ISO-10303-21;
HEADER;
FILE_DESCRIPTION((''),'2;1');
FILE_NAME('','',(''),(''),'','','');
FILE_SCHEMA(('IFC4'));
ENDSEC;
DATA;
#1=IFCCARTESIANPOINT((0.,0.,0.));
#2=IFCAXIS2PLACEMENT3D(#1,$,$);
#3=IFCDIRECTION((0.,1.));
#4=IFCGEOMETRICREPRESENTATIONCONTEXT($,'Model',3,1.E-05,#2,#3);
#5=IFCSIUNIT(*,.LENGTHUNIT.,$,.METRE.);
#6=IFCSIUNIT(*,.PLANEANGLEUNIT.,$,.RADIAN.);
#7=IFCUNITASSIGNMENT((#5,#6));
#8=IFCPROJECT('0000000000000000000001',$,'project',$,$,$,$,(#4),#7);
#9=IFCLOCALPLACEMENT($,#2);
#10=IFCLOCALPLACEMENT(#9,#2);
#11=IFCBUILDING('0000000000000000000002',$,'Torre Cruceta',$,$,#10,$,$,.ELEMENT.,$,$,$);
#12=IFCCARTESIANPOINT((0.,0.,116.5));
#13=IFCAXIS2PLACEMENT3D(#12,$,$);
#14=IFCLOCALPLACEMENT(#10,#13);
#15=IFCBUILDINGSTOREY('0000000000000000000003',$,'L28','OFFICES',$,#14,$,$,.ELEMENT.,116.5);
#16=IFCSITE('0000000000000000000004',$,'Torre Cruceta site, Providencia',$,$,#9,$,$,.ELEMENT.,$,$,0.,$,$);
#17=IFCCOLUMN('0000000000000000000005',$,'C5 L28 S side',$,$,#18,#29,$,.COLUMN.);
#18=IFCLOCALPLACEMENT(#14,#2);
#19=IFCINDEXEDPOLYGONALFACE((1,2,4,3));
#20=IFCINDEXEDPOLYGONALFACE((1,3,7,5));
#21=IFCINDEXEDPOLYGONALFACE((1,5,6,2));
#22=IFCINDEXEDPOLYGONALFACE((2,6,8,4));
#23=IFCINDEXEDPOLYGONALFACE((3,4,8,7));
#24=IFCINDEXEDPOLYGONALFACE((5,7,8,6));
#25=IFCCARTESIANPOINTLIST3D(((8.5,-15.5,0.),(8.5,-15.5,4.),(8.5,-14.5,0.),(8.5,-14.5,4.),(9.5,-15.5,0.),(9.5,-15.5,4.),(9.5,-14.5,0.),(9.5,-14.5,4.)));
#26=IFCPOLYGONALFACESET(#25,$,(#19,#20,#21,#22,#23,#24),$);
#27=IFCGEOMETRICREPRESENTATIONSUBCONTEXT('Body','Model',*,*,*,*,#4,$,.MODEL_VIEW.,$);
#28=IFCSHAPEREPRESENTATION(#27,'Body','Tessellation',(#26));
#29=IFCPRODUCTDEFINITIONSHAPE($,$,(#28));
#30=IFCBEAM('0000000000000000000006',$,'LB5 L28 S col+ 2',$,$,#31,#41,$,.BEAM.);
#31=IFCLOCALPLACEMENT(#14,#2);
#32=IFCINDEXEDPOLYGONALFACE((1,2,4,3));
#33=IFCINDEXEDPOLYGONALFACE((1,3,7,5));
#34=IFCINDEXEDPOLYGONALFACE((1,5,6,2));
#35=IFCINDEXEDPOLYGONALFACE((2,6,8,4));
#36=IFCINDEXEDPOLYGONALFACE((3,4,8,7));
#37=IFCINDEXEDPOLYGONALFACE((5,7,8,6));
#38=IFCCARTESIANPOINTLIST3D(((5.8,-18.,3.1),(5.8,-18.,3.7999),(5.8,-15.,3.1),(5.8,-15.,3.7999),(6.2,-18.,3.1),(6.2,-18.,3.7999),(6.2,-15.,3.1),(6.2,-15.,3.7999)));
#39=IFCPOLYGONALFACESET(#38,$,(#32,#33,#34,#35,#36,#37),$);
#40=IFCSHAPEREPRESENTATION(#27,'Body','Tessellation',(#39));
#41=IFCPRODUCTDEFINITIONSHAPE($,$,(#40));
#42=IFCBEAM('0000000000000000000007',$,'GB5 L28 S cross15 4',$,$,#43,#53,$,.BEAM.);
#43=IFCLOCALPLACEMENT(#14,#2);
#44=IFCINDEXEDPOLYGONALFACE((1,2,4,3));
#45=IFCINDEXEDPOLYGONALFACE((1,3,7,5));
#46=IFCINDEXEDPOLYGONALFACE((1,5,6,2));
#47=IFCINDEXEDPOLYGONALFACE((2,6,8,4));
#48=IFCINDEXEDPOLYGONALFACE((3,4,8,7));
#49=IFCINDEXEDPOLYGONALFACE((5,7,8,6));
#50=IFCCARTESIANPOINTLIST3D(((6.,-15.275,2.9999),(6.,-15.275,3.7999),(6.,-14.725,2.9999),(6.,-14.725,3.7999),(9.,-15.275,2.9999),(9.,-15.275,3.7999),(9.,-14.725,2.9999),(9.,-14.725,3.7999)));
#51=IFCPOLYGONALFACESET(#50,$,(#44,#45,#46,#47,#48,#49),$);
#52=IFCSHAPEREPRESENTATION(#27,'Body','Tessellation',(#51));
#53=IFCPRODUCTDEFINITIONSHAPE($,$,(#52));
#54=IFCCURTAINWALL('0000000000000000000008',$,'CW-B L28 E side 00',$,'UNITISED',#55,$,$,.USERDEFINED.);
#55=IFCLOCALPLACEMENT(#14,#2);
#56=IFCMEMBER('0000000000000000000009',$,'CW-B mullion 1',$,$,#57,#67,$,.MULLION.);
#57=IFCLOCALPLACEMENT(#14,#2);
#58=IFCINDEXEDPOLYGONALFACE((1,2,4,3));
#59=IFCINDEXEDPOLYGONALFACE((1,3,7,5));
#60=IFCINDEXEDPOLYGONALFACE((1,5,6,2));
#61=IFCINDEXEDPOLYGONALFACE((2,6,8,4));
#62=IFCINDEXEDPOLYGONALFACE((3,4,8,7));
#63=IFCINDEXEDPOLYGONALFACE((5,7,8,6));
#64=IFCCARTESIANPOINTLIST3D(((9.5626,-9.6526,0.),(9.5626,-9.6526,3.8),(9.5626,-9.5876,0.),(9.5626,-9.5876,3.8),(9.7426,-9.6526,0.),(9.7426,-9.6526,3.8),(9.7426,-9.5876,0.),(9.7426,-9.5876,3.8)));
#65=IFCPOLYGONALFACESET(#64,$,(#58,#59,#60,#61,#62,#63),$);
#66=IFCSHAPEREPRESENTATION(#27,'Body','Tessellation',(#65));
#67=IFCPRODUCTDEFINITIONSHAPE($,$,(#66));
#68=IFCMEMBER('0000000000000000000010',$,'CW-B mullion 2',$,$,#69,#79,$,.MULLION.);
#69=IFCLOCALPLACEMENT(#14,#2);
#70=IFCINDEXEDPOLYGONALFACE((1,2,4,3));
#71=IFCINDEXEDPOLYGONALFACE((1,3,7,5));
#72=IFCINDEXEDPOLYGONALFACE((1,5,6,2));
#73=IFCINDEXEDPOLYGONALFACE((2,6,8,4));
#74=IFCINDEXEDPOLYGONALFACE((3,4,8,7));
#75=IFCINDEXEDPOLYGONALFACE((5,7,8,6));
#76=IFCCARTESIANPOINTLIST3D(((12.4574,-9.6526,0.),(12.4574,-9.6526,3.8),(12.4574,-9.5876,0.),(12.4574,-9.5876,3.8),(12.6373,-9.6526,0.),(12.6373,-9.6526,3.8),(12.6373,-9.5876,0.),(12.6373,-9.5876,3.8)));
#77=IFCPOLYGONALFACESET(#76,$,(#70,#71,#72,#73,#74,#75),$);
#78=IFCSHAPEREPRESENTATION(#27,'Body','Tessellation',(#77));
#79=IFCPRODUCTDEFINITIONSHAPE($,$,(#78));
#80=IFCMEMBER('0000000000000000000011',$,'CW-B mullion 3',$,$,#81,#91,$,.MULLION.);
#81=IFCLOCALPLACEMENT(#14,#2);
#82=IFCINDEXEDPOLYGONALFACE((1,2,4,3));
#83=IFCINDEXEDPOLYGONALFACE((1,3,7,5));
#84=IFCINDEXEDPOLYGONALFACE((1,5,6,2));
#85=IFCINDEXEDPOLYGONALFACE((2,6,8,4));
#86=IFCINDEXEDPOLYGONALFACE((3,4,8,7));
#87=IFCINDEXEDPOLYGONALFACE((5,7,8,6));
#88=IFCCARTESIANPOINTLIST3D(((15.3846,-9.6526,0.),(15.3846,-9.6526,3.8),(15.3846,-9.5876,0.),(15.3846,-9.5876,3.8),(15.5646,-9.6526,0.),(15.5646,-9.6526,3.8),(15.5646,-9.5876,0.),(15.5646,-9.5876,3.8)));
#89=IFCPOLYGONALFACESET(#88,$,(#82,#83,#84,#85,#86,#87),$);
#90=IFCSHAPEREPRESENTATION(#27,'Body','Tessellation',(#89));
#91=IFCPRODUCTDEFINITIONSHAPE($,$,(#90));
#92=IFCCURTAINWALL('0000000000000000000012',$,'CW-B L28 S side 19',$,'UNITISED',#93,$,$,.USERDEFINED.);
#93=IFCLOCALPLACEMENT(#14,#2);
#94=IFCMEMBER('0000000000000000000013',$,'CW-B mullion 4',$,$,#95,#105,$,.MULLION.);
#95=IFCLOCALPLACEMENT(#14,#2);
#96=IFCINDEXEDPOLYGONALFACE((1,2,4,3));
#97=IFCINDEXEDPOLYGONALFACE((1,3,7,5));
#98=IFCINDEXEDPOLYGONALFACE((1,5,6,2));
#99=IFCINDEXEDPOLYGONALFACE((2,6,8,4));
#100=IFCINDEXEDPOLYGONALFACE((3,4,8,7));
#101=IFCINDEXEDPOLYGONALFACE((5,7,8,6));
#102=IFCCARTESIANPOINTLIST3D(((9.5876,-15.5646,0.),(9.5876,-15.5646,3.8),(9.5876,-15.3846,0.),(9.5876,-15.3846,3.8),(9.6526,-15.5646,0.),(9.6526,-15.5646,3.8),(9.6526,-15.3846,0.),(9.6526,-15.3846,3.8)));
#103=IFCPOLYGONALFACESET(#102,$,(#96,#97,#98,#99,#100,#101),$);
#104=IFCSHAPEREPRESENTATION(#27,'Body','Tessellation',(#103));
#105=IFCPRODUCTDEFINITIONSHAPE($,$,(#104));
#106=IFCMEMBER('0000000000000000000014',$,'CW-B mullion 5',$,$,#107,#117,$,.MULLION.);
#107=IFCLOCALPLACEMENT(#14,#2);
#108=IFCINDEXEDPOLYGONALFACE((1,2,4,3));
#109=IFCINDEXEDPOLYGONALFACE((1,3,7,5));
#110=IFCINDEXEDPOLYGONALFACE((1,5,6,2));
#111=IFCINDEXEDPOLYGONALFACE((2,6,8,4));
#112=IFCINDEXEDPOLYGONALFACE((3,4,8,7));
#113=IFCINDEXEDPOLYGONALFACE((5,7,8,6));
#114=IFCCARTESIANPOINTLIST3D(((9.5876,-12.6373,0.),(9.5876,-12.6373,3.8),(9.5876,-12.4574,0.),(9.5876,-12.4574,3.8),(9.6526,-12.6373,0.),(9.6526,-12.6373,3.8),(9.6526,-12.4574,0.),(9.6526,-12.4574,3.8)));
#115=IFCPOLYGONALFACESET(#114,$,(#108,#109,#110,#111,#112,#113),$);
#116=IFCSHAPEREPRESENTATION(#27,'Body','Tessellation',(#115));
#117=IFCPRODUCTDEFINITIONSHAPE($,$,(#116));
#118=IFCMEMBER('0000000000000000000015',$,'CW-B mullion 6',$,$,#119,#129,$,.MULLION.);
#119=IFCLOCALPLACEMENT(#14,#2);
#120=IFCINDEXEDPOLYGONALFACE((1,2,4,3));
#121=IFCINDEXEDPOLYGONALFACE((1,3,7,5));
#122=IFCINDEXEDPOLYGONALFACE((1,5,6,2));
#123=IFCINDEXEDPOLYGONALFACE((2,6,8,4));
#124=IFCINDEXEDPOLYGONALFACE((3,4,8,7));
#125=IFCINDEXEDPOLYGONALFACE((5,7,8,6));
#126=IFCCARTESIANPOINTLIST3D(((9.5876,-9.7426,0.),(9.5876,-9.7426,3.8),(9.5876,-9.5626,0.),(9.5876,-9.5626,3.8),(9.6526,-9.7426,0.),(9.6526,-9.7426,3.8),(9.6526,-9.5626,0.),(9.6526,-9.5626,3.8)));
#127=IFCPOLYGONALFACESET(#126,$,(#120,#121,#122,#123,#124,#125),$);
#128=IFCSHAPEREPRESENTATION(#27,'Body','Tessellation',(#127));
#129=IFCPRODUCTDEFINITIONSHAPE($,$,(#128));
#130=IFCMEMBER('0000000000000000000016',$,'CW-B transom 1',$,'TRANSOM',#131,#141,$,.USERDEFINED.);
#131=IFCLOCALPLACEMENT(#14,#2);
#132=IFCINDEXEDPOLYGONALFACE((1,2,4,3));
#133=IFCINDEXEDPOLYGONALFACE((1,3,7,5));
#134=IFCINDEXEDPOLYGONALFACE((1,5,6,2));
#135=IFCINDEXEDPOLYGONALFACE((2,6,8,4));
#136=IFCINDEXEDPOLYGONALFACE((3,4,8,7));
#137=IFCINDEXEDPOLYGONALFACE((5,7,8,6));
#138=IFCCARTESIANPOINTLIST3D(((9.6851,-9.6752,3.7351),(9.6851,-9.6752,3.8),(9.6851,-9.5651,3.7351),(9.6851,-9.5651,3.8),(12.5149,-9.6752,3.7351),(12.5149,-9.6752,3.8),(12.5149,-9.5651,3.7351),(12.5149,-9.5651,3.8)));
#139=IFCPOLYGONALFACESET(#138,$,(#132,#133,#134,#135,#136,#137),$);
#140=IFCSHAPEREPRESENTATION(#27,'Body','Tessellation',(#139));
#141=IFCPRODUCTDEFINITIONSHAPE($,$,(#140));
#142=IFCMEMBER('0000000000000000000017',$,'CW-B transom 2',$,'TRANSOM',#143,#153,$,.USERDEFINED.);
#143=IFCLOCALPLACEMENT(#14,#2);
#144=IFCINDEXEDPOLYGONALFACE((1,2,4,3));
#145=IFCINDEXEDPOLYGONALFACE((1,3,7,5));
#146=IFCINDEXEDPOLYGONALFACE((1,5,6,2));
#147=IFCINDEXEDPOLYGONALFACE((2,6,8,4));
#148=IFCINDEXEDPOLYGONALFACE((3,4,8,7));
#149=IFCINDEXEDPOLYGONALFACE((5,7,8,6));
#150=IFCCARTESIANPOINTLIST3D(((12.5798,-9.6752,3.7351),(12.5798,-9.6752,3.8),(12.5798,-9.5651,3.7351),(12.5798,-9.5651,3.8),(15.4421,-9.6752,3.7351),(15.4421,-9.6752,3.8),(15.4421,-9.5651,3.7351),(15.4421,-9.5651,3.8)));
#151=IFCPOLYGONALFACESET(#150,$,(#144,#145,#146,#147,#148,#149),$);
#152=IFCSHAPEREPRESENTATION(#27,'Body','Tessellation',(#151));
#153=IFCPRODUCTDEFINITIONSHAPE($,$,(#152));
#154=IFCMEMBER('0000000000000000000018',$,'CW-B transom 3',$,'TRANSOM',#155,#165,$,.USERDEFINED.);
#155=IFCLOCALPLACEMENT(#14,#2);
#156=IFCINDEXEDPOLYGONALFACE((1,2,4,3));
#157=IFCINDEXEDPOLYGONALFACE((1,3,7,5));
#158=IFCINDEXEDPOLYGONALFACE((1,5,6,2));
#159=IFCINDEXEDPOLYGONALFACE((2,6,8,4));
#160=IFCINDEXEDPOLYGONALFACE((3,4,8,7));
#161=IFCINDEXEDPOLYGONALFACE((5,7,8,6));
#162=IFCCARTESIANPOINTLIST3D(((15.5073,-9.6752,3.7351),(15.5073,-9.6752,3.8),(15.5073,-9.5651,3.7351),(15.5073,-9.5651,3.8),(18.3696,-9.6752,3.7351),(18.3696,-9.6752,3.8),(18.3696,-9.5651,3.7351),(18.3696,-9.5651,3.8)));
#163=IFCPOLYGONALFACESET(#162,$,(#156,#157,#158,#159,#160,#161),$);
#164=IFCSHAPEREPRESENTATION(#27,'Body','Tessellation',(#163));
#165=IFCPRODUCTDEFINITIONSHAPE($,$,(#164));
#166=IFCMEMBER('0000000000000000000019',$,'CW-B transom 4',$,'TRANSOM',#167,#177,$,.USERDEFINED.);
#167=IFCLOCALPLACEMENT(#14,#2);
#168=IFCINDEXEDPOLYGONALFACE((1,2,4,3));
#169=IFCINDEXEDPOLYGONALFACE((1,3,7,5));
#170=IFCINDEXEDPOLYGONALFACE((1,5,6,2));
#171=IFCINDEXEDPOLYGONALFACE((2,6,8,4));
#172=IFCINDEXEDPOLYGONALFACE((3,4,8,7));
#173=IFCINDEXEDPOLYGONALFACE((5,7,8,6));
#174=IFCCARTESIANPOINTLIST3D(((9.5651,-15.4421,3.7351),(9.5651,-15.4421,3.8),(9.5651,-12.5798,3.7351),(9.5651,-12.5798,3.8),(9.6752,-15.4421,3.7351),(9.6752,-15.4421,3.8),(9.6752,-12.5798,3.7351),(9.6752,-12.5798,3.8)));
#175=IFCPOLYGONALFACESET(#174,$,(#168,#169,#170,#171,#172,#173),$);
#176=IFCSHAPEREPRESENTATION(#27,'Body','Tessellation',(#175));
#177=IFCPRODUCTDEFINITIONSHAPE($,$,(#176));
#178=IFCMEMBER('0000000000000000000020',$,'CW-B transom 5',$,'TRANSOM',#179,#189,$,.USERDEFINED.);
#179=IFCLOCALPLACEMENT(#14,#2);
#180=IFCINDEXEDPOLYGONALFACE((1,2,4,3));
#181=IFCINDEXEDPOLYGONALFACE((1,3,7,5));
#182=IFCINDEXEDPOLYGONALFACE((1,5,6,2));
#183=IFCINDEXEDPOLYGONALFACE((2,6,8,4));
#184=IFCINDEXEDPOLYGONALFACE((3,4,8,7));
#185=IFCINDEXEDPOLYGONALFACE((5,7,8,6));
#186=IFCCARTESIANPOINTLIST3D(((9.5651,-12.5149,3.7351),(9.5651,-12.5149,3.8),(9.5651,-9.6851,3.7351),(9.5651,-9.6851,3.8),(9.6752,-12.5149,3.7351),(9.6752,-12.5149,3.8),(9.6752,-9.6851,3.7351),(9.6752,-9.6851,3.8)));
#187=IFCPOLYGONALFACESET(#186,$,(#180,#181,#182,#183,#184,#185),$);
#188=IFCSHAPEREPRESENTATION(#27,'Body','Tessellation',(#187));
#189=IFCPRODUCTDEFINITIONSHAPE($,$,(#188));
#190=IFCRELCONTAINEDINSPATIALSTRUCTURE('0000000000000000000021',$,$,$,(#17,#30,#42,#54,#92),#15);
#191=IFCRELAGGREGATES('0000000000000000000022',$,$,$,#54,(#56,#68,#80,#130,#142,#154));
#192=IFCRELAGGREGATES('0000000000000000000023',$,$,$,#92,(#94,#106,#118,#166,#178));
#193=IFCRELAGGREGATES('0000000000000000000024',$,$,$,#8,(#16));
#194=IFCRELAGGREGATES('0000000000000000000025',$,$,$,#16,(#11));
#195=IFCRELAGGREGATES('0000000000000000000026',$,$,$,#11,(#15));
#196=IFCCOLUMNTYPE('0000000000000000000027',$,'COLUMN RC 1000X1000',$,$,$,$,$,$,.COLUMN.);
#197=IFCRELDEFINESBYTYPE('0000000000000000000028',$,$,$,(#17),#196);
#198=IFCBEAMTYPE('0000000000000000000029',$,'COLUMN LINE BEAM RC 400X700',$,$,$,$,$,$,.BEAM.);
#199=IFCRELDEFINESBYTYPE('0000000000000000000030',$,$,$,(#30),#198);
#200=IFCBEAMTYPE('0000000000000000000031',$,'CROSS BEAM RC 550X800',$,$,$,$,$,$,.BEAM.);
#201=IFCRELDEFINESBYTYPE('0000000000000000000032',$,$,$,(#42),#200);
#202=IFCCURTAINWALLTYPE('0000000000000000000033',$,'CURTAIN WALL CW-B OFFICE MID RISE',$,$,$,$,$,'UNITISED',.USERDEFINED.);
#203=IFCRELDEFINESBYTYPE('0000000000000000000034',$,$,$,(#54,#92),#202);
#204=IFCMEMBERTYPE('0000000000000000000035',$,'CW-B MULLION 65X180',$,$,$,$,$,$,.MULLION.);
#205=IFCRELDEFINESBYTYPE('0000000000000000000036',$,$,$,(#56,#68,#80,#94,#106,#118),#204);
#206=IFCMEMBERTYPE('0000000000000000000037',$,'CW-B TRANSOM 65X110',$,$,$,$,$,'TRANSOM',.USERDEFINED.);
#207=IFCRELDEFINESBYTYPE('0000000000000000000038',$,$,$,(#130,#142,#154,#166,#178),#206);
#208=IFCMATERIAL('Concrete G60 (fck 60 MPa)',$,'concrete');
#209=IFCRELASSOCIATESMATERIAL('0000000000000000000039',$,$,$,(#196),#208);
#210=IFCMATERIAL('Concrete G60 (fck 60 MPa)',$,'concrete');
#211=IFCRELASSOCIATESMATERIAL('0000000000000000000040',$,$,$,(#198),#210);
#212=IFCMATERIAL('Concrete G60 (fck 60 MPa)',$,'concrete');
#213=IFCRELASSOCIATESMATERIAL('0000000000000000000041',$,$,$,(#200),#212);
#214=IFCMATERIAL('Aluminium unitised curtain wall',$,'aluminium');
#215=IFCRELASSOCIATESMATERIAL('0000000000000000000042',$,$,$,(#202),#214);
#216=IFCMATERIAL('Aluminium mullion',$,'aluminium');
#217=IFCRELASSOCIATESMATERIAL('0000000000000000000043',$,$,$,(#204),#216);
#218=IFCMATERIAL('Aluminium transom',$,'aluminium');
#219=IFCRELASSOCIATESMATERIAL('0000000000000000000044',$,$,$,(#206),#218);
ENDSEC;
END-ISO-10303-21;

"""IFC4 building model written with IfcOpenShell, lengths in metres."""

from ifc_helpers import new_model, si_unit, direction, frame, origin, origin_2d, place, context, subcontext, project, spatial, rectangle, extrude, material, material_profile, profile_set, type_object, element, aggregate, save


model = new_model("IFC4")

# Units and contexts
model_context = context("Model", 3, precision=1e-05, world=origin(), true_north=direction((0.0, 1.0)))
body_context = subcontext(model_context, "Body", "Model", "MODEL_VIEW")
ifc_project = project(units=[si_unit("LENGTHUNIT", "METRE"), si_unit("PLANEANGLEUNIT", "RADIAN")], contexts=[model_context])

# Site, building, storey
site_placement = place(None, origin())
site = spatial("IfcSite", under=ifc_project, at=site_placement, Name="Torre Cruceta site, Providencia", CompositionType="ELEMENT", RefElevation=0.0)
building_placement = place(site_placement, origin())
building = spatial("IfcBuilding", under=site, at=building_placement, Name="Torre Cruceta", CompositionType="ELEMENT")
storey_placement = place(building_placement, frame((0.0, 0.0, 116.5)))
storey = spatial("IfcBuildingStorey", under=building, at=storey_placement, Name="L28", Description="OFFICES", CompositionType="ELEMENT", Elevation=116.5)

# Column
ifc_material_1 = material(Name="Concrete G60 (fck 60 MPa)", Category="concrete")
ifc_material_profile_1 = material_profile(ifc_material_1, rectangle(XDim=1.0, YDim=1.0, at=origin_2d()), Name="RC 1000X1000")
ifc_profile_set_1 = profile_set([ifc_material_profile_1], Name="Concrete G60 (fck 60 MPa)")
column_type = type_object("IfcColumnType", Name="COLUMN RC 1000X1000", PredefinedType="COLUMN", material=ifc_profile_set_1)
column_placement = place(storey_placement, frame((9.0, -15.0, 0.0), z_axis=(0.0, 0.0, 1.0), x_axis=(1.0, 0.0, 0.0)))
element("IfcColumn", 1, at=column_placement, inside=storey, type_object=column_type, Name="C5 L28 S side", PredefinedType="COLUMN", context=body_context, shape_type="SweptSolid", body=[
    extrude(rectangle(XDim=1.0, YDim=1.0, at=origin_2d()), origin(), (0.0, 0.0, 1.0), 4.0),
])

# Beams
ifc_material_2 = material(Name="Concrete G60 (fck 60 MPa)", Category="concrete")
ifc_material_profile_2 = material_profile(ifc_material_2, rectangle(XDim=0.3999, YDim=0.7, at=origin_2d()), Name="RC 400X700")
ifc_profile_set_2 = profile_set([ifc_material_profile_2], Name="Concrete G60 (fck 60 MPa)")
beam_type_1 = type_object("IfcBeamType", Name="COLUMN LINE BEAM RC 400X700", PredefinedType="BEAM", material=ifc_profile_set_2)
beam_1_placement = place(storey_placement, frame((6.0, -15.0, 3.45), z_axis=(0.0, -1.0, 0.0), x_axis=(1.0, 0.0, 0.0)))
element("IfcBeam", 2, at=beam_1_placement, inside=storey, type_object=beam_type_1, Name="LB5 L28 S col+ 2", PredefinedType="BEAM", context=body_context, shape_type="SweptSolid", body=[
    extrude(rectangle(XDim=0.3999, YDim=0.7, at=origin_2d()), origin(), (0.0, 0.0, 1.0), 3.0),
])
ifc_material_3 = material(Name="Concrete G60 (fck 60 MPa)", Category="concrete")
ifc_material_profile_3 = material_profile(ifc_material_3, rectangle(XDim=0.55, YDim=0.8, at=origin_2d()), Name="RC 550X800")
ifc_profile_set_3 = profile_set([ifc_material_profile_3], Name="Concrete G60 (fck 60 MPa)")
beam_type_2 = type_object("IfcBeamType", Name="CROSS BEAM RC 550X800", PredefinedType="BEAM", material=ifc_profile_set_3)
beam_2_placement = place(storey_placement, frame((6.0, -15.0, 3.3999), z_axis=(1.0, 0.0, 0.0), x_axis=(0.0, 1.0, 0.0)))
element("IfcBeam", 3, at=beam_2_placement, inside=storey, type_object=beam_type_2, Name="GB5 L28 S cross15 4", PredefinedType="BEAM", context=body_context, shape_type="SweptSolid", body=[
    extrude(rectangle(XDim=0.55, YDim=0.8, at=origin_2d()), origin(), (0.0, 0.0, 1.0), 3.0),
])

# Curtain walls, members
ifc_material_4 = material(Name="Aluminium unitised curtain wall", Category="aluminium")
curtain_wall_type = type_object("IfcCurtainWallType", Name="CURTAIN WALL CW-B OFFICE MID RISE", ElementType="UNITISED", PredefinedType="USERDEFINED", material=ifc_material_4)
curtain_wall_1_placement = place(storey_placement, origin())
curtain_wall_1 = element("IfcCurtainWall", 4, at=curtain_wall_1_placement, inside=storey, type_object=curtain_wall_type, Name="CW-B L28 E side 00", ObjectType="UNITISED", PredefinedType="USERDEFINED")
ifc_material_5 = material(Name="Aluminium mullion", Category="aluminium")
ifc_material_profile_4 = material_profile(ifc_material_5, rectangle(XDim=0.0649, YDim=0.1799, at=origin_2d()), Name="AL 65X180")
ifc_profile_set_4 = profile_set([ifc_material_profile_4], Name="Aluminium mullion")
member_type_1 = type_object("IfcMemberType", Name="CW-B MULLION 65X180", PredefinedType="MULLION", material=ifc_profile_set_4)
member_1_placement = place(storey_placement, frame((9.6526, -9.6201, 0.0), z_axis=(0.0, 0.0, 1.0), x_axis=(0.0, 1.0, 0.0)))
member_1 = element("IfcMember", 5, at=member_1_placement, type_object=member_type_1, Name="CW-B mullion 1", PredefinedType="MULLION", context=body_context, shape_type="SweptSolid", body=[
    extrude(rectangle(XDim=0.0649, YDim=0.1799, at=origin_2d()), origin(), (0.0, 0.0, 1.0), 3.8),
])
member_2_placement = place(storey_placement, frame((12.5474, -9.6201, 0.0), z_axis=(0.0, 0.0, 1.0), x_axis=(0.0, 1.0, 0.0)))
member_2 = element("IfcMember", 6, at=member_2_placement, type_object=member_type_1, Name="CW-B mullion 2", PredefinedType="MULLION", context=body_context, shape_type="SweptSolid", body=[
    extrude(rectangle(XDim=0.0649, YDim=0.1799, at=origin_2d()), origin(), (0.0, 0.0, 1.0), 3.8),
])
member_3_placement = place(storey_placement, frame((15.4746, -9.6201, 0.0), z_axis=(0.0, 0.0, 1.0), x_axis=(0.0, 1.0, 0.0)))
member_3 = element("IfcMember", 7, at=member_3_placement, type_object=member_type_1, Name="CW-B mullion 3", PredefinedType="MULLION", context=body_context, shape_type="SweptSolid", body=[
    extrude(rectangle(XDim=0.0649, YDim=0.1799, at=origin_2d()), origin(), (0.0, 0.0, 1.0), 3.8),
])
curtain_wall_2_placement = place(storey_placement, origin())
curtain_wall_2 = element("IfcCurtainWall", 8, at=curtain_wall_2_placement, inside=storey, type_object=curtain_wall_type, Name="CW-B L28 S side 19", ObjectType="UNITISED", PredefinedType="USERDEFINED")
member_4_placement = place(storey_placement, frame((9.6201, -15.4746, 0.0), z_axis=(0.0, 0.0, 1.0), x_axis=(-1.0, 0.0, 0.0)))
member_4 = element("IfcMember", 9, at=member_4_placement, type_object=member_type_1, Name="CW-B mullion 4", PredefinedType="MULLION", context=body_context, shape_type="SweptSolid", body=[
    extrude(rectangle(XDim=0.0649, YDim=0.1799, at=origin_2d()), origin(), (0.0, 0.0, 1.0), 3.8),
])
member_5_placement = place(storey_placement, frame((9.6201, -12.5474, 0.0), z_axis=(0.0, 0.0, 1.0), x_axis=(-1.0, 0.0, 0.0)))
member_5 = element("IfcMember", 10, at=member_5_placement, type_object=member_type_1, Name="CW-B mullion 5", PredefinedType="MULLION", context=body_context, shape_type="SweptSolid", body=[
    extrude(rectangle(XDim=0.0649, YDim=0.1799, at=origin_2d()), origin(), (0.0, 0.0, 1.0), 3.8),
])
member_6_placement = place(storey_placement, frame((9.6201, -9.6526, 0.0), z_axis=(0.0, 0.0, 1.0), x_axis=(-1.0, 0.0, 0.0)))
member_6 = element("IfcMember", 11, at=member_6_placement, type_object=member_type_1, Name="CW-B mullion 6", PredefinedType="MULLION", context=body_context, shape_type="SweptSolid", body=[
    extrude(rectangle(XDim=0.0649, YDim=0.1799, at=origin_2d()), origin(), (0.0, 0.0, 1.0), 3.8),
])

# Members
ifc_material_6 = material(Name="Aluminium transom", Category="aluminium")
ifc_material_profile_5 = material_profile(ifc_material_6, rectangle(XDim=0.1101, YDim=0.0649, at=origin_2d()), Name="AL 110X65")
ifc_profile_set_5 = profile_set([ifc_material_profile_5], Name="Aluminium transom")
member_type_2 = type_object("IfcMemberType", Name="CW-B TRANSOM 65X110", ElementType="TRANSOM", PredefinedType="USERDEFINED", material=ifc_profile_set_5)
member_7_placement = place(storey_placement, frame((9.6851, -9.6201, 3.7676), z_axis=(1.0, 0.0, 0.0), x_axis=(0.0, 1.0, 0.0)))
member_7 = element("IfcMember", 12, at=member_7_placement, type_object=member_type_2, Name="CW-B transom 1", ObjectType="TRANSOM", PredefinedType="USERDEFINED", context=body_context, shape_type="SweptSolid", body=[
    extrude(rectangle(XDim=0.1101, YDim=0.0649, at=origin_2d()), origin(), (0.0, 0.0, 1.0), 2.8298),
])
member_8_placement = place(storey_placement, frame((12.5798, -9.6201, 3.7676), z_axis=(1.0, 0.0, 0.0), x_axis=(0.0, 1.0, 0.0)))
member_8 = element("IfcMember", 13, at=member_8_placement, type_object=member_type_2, Name="CW-B transom 2", ObjectType="TRANSOM", PredefinedType="USERDEFINED", context=body_context, shape_type="SweptSolid", body=[
    extrude(rectangle(XDim=0.1101, YDim=0.0649, at=origin_2d()), origin(), (0.0, 0.0, 1.0), 2.8623),
])
member_9_placement = place(storey_placement, frame((15.5073, -9.6201, 3.7676), z_axis=(1.0, 0.0, 0.0), x_axis=(0.0, 1.0, 0.0)))
member_9 = element("IfcMember", 14, at=member_9_placement, type_object=member_type_2, Name="CW-B transom 3", ObjectType="TRANSOM", PredefinedType="USERDEFINED", context=body_context, shape_type="SweptSolid", body=[
    extrude(rectangle(XDim=0.1101, YDim=0.0649, at=origin_2d()), origin(), (0.0, 0.0, 1.0), 2.8623),
])
member_10_placement = place(storey_placement, frame((9.6201, -15.4421, 3.7676), z_axis=(0.0, 1.0, 0.0), x_axis=(-1.0, 0.0, 0.0)))
member_10 = element("IfcMember", 15, at=member_10_placement, type_object=member_type_2, Name="CW-B transom 4", ObjectType="TRANSOM", PredefinedType="USERDEFINED", context=body_context, shape_type="SweptSolid", body=[
    extrude(rectangle(XDim=0.1101, YDim=0.0649, at=origin_2d()), origin(), (0.0, 0.0, 1.0), 2.8623),
])
member_11_placement = place(storey_placement, frame((9.6201, -12.5149, 3.7676), z_axis=(0.0, 1.0, 0.0), x_axis=(-1.0, 0.0, 0.0)))
member_11 = element("IfcMember", 16, at=member_11_placement, type_object=member_type_2, Name="CW-B transom 5", ObjectType="TRANSOM", PredefinedType="USERDEFINED", context=body_context, shape_type="SweptSolid", body=[
    extrude(rectangle(XDim=0.1101, YDim=0.0649, at=origin_2d()), origin(), (0.0, 0.0, 1.0), 2.8298),
])

aggregate(curtain_wall_1, [member_1, member_2, member_3, member_7, member_8, member_9])
aggregate(curtain_wall_2, [member_4, member_5, member_6, member_10, member_11])

save(model, "model.ifc")
